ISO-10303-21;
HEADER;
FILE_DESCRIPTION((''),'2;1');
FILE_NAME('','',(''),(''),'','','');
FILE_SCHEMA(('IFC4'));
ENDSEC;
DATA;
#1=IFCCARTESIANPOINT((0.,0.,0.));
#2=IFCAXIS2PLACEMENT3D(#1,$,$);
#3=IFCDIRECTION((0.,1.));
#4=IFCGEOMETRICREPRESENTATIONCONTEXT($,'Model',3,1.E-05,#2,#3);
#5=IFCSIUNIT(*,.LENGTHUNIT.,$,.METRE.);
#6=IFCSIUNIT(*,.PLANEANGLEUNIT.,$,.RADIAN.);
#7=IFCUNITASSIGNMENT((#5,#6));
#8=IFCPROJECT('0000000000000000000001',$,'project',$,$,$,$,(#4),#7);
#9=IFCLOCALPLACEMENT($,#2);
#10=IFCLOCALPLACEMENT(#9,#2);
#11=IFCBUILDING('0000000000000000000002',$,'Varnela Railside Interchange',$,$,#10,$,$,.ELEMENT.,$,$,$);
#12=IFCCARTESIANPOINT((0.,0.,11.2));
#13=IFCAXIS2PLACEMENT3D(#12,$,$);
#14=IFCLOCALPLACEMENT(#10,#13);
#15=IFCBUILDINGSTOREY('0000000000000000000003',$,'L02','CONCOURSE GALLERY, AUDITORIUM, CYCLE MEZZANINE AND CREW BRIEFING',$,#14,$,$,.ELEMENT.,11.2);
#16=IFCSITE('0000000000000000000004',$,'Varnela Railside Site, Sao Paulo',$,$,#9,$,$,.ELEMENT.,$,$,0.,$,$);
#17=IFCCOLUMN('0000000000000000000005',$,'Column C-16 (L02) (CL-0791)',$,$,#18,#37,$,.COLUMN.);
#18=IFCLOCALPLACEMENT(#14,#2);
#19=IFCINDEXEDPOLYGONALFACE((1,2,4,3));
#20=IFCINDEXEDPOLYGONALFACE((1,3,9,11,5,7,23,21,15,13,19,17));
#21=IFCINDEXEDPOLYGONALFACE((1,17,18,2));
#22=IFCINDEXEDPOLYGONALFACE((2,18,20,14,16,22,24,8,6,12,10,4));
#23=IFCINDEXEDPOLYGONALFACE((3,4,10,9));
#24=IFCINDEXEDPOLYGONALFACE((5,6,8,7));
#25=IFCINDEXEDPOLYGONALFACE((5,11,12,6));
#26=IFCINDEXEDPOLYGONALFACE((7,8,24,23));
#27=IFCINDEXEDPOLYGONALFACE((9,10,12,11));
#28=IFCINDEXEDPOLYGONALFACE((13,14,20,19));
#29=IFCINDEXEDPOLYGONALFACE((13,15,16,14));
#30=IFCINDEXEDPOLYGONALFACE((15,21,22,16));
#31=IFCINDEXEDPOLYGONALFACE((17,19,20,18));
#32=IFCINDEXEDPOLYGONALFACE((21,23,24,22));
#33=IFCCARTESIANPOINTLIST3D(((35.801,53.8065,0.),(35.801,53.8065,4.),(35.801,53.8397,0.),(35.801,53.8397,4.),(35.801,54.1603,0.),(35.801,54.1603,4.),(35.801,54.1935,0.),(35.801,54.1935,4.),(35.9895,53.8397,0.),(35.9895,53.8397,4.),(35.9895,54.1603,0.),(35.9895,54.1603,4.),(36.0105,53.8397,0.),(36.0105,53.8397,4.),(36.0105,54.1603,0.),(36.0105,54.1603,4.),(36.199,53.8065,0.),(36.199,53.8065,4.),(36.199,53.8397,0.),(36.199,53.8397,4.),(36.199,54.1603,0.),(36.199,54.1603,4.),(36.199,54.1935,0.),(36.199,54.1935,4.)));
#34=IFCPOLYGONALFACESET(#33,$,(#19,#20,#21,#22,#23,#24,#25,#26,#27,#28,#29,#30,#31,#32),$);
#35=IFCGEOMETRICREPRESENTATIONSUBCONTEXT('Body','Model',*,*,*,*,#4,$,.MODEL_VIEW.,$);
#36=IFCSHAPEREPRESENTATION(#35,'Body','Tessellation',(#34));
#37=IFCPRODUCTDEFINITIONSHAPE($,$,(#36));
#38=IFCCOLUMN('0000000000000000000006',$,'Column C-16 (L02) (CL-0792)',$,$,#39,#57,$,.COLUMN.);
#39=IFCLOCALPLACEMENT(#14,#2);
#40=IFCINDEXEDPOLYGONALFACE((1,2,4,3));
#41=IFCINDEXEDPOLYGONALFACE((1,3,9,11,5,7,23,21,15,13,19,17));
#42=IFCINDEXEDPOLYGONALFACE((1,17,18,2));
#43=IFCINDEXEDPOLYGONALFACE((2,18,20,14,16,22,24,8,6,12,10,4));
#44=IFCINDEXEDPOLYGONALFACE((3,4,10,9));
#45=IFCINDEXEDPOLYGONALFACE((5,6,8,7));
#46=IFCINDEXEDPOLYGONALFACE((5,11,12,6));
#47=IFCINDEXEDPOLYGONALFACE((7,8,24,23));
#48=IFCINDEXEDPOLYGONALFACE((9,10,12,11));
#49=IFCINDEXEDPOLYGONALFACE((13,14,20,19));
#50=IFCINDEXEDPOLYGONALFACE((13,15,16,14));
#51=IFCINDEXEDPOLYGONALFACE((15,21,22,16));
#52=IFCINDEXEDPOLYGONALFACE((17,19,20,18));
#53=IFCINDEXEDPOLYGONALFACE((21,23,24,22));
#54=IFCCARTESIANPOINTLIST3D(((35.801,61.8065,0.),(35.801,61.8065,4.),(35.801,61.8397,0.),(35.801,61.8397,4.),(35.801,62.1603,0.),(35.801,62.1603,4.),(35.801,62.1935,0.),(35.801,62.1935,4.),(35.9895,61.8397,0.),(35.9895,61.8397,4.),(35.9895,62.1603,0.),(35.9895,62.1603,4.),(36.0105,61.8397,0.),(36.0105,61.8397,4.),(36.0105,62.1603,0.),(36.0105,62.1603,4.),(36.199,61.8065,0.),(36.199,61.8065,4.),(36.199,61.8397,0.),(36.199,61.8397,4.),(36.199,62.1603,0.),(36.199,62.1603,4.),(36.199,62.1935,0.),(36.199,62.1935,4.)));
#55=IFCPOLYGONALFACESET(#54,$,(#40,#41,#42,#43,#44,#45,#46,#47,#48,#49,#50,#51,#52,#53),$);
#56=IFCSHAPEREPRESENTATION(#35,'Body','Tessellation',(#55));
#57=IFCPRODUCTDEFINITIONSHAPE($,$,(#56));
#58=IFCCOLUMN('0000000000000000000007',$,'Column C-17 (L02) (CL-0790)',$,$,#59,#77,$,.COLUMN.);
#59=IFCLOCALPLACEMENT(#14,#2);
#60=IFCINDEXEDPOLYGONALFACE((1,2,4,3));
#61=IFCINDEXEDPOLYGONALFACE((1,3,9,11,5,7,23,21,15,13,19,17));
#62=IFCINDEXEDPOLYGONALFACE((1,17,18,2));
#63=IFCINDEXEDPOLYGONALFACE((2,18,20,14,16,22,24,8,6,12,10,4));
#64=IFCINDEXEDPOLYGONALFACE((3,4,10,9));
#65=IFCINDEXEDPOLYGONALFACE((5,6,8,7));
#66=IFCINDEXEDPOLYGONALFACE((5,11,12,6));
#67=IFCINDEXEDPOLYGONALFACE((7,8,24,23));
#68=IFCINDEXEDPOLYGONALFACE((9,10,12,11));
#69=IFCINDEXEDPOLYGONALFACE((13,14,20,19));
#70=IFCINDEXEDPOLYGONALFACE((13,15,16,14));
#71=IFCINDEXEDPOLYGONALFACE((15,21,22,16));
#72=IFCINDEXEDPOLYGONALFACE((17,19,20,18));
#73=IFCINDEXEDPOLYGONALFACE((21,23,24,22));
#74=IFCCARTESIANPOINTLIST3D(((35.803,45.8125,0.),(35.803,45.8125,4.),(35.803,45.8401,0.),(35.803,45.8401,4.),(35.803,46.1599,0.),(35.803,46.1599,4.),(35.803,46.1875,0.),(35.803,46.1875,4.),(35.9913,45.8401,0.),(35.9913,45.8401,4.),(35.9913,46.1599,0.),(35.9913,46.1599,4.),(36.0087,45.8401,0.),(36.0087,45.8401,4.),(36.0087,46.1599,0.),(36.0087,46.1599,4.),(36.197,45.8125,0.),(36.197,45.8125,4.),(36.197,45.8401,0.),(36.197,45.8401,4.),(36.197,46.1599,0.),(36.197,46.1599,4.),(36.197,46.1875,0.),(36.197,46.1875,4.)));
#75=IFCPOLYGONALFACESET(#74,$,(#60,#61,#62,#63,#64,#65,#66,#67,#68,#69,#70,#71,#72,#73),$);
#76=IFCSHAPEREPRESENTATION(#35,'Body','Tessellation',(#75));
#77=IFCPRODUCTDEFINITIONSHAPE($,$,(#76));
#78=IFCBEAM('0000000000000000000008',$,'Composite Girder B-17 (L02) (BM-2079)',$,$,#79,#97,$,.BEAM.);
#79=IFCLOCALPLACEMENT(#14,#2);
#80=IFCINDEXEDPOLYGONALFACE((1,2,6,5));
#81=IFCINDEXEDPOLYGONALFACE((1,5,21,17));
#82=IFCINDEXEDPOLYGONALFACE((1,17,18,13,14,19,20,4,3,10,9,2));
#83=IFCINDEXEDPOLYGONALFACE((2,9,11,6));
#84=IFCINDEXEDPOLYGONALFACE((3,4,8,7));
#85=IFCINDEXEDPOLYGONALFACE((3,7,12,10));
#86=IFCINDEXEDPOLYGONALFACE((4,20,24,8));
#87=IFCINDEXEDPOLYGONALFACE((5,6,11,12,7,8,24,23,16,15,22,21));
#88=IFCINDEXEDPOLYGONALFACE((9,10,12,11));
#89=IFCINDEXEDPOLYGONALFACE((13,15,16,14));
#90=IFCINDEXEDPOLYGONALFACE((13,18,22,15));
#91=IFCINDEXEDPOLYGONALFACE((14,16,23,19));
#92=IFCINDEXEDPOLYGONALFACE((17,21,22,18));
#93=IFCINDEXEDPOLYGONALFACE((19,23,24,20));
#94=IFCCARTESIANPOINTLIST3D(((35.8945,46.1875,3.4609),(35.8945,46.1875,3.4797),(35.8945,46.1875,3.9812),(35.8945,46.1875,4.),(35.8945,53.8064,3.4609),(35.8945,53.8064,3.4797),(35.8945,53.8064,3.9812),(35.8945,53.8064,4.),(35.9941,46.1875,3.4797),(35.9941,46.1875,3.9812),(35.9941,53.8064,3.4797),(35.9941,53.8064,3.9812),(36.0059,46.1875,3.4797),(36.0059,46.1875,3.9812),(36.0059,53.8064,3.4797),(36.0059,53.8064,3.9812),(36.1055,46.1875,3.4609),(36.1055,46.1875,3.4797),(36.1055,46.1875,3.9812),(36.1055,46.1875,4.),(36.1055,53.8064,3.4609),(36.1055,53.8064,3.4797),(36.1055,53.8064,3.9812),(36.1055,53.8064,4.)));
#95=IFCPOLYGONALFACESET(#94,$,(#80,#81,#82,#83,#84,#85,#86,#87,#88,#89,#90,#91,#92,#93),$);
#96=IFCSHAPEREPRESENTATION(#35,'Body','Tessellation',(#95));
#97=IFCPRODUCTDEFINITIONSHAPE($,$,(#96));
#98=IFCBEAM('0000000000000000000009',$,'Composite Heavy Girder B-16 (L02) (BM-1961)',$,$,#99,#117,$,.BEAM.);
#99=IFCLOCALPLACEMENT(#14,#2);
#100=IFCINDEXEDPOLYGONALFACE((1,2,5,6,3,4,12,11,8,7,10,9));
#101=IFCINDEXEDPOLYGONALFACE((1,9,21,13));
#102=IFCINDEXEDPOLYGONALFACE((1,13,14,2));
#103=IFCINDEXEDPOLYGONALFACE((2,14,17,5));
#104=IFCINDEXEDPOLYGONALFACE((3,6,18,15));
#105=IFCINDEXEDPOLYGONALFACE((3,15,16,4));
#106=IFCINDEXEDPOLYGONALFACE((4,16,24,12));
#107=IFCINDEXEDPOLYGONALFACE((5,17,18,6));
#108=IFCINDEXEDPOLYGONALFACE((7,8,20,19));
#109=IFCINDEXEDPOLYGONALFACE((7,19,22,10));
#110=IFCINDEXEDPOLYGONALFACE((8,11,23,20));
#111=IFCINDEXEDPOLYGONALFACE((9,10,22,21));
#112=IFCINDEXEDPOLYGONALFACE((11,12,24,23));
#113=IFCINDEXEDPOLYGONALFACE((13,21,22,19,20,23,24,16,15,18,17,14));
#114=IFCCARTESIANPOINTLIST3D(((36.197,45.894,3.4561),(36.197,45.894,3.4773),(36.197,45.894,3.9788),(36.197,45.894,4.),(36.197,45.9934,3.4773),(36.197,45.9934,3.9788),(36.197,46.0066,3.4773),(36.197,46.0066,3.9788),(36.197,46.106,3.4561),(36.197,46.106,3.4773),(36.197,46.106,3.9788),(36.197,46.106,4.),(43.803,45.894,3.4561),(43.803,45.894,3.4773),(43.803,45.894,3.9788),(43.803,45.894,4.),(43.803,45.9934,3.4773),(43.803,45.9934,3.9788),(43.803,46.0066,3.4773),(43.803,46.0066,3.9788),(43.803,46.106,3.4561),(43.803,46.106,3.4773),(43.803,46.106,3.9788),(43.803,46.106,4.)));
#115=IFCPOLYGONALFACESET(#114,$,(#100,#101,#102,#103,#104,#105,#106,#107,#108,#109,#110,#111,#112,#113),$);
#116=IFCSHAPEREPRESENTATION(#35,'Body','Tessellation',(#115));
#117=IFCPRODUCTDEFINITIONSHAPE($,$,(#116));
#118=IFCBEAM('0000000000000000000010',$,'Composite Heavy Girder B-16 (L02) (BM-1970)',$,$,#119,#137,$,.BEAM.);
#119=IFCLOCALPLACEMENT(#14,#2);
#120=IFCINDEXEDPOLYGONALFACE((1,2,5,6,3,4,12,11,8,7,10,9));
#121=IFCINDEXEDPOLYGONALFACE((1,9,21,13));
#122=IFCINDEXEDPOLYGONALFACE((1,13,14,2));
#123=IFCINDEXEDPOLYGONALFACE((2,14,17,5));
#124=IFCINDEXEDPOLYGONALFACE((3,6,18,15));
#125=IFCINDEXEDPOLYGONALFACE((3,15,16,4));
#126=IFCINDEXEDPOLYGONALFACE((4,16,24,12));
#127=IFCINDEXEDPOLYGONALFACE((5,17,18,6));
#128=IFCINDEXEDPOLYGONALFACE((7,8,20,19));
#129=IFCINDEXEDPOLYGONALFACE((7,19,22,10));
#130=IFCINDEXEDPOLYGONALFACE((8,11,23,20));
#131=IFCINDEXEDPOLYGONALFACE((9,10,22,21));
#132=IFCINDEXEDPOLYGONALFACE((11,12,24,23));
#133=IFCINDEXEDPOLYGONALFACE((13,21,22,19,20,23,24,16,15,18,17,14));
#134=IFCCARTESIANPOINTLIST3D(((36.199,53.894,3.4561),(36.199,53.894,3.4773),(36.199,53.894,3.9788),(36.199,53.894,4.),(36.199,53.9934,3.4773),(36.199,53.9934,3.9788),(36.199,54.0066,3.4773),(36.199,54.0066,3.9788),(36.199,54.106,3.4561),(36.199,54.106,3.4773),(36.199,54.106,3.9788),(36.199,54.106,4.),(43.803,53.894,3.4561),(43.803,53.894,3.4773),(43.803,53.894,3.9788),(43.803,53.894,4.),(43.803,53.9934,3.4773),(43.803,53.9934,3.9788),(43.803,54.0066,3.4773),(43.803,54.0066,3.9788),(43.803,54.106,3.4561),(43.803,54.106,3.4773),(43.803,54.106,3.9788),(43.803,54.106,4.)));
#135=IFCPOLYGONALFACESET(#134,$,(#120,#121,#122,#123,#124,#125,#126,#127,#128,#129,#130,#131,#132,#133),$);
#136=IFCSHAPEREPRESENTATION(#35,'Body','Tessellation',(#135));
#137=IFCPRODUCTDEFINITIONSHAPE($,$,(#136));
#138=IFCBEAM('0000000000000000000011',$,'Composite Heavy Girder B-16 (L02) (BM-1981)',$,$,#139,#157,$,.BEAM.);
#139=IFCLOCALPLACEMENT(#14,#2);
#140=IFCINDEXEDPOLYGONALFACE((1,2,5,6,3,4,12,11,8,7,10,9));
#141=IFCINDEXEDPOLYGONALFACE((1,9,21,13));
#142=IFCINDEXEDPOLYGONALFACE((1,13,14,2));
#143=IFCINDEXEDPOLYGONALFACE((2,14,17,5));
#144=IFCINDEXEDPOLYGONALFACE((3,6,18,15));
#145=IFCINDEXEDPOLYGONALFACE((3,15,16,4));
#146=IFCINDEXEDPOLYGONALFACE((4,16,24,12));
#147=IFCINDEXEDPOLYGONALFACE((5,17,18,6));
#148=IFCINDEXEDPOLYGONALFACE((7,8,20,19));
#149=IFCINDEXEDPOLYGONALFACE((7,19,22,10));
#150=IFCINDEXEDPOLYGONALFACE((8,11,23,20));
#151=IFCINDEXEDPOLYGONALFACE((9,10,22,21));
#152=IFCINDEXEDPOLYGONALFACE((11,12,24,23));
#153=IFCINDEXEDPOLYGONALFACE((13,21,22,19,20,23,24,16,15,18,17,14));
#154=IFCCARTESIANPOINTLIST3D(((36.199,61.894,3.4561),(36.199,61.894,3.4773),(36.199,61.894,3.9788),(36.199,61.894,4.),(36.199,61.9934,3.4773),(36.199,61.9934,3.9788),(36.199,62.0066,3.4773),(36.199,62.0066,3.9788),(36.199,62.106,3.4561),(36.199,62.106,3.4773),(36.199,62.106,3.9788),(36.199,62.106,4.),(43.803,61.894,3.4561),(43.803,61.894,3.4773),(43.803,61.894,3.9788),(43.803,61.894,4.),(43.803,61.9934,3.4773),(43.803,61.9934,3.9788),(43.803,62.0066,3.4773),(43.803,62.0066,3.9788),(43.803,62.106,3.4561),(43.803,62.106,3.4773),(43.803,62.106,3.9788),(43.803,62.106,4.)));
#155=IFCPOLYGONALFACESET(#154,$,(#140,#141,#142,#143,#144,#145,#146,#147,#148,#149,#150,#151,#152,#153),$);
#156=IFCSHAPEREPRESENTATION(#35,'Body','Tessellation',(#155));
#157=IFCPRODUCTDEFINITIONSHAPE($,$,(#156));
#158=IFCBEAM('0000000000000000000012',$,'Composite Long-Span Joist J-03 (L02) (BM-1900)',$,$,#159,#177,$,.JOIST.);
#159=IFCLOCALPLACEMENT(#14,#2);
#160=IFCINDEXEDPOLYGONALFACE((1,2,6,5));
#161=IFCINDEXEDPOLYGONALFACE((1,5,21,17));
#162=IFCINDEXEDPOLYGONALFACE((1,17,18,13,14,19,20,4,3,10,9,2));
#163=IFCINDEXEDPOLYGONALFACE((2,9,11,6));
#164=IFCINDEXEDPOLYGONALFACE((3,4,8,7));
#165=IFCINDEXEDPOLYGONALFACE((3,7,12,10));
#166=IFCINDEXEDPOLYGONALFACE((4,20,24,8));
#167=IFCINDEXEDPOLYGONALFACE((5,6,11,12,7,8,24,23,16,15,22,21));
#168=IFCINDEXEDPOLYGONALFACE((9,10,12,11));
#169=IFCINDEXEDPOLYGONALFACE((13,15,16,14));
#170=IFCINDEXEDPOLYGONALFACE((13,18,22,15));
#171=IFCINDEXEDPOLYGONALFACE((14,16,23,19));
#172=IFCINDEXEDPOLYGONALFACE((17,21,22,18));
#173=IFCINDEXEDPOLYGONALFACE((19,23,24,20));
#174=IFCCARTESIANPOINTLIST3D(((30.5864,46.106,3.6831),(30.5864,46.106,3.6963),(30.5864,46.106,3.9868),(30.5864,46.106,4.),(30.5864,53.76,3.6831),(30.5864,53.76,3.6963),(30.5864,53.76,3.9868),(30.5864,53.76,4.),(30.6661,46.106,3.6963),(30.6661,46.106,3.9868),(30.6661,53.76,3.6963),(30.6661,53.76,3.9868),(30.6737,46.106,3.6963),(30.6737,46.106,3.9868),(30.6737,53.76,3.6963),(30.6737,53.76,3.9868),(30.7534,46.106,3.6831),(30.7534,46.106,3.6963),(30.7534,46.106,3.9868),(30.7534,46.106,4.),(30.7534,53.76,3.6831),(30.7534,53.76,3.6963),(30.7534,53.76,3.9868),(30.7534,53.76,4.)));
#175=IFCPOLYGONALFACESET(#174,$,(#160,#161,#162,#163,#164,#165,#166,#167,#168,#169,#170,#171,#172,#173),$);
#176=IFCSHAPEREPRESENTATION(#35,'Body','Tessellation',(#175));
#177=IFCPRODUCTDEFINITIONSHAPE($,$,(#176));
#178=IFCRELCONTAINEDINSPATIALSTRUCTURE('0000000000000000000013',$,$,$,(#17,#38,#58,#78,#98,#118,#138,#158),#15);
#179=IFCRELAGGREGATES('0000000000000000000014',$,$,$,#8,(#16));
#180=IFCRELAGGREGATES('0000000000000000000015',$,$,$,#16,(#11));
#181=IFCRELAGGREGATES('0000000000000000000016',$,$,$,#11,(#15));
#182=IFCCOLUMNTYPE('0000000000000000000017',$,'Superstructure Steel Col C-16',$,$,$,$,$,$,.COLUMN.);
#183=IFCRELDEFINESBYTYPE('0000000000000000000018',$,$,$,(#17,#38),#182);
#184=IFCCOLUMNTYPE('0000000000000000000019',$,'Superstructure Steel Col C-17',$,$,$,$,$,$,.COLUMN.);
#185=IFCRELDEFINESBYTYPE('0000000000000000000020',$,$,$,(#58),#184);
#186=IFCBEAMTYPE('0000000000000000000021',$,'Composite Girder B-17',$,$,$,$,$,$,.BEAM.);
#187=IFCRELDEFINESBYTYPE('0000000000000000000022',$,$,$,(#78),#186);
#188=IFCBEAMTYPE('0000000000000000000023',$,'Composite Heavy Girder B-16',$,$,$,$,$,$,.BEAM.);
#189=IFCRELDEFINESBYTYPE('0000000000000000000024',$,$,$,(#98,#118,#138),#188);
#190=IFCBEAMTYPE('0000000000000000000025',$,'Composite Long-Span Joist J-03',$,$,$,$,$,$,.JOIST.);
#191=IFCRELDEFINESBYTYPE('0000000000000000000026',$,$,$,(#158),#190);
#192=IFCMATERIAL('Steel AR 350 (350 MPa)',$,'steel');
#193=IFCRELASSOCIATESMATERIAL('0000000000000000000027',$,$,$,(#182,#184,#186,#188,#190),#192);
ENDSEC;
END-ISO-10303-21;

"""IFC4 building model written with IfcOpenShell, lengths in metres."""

from ifc_helpers import new_model, si_unit, direction, frame, origin, origin_2d, place, context, subcontext, project, spatial, i_section, extrude, material, material_profile, profile_set, type_object, element, save


model = new_model("IFC4")

# Units and contexts
model_context = context("Model", 3, precision=1e-05, world=origin(), true_north=direction((0.0, 1.0)))
body_context = subcontext(model_context, "Body", "Model", "MODEL_VIEW")
ifc_project = project(units=[si_unit("LENGTHUNIT", "METRE"), si_unit("PLANEANGLEUNIT", "RADIAN")], contexts=[model_context])

# Site, building, storey
site_placement = place(None, origin())
site = spatial("IfcSite", under=ifc_project, at=site_placement, Name="Varnela Railside Site, Sao Paulo", CompositionType="ELEMENT", RefElevation=0.0)
building_placement = place(site_placement, origin())
building = spatial("IfcBuilding", under=site, at=building_placement, Name="Varnela Railside Interchange", CompositionType="ELEMENT")
storey_placement = place(building_placement, frame((0.0, 0.0, 11.2)))
storey = spatial("IfcBuildingStorey", under=building, at=storey_placement, Name="L02", Description="CONCOURSE GALLERY, AUDITORIUM, CYCLE MEZZANINE AND CREW BRIEFING", CompositionType="ELEMENT", Elevation=11.2)

# Columns
ifc_material_1 = material(Name="Steel AR 350 (350 MPa)", Category="steel")
ifc_material_profile_1 = material_profile(ifc_material_1, i_section(OverallWidth=0.3979, OverallDepth=0.387, WebThickness=0.021, FlangeThickness=0.0332, at=origin_2d()), Name="W360x262")
ifc_profile_set_1 = profile_set([ifc_material_profile_1], Name="Steel AR 350 (350 MPa)")
column_type_1 = type_object("IfcColumnType", Name="Superstructure Steel Col C-16", PredefinedType="COLUMN", material=ifc_profile_set_1)
for number, where, z_axis, x_axis, name in (
    (1, (36.0, 54.0, 0.0), (0.0, 0.0, 1.0), (1.0, 0.0, 0.0), "Column C-16 (L02) (CL-0791)"),
    (2, (36.0, 62.0, 0.0), (0.0, 0.0, 1.0), (1.0, 0.0, 0.0), "Column C-16 (L02) (CL-0792)"),
):
    element("IfcColumn", number, at=place(storey_placement, frame(where, z_axis=z_axis, x_axis=x_axis)), inside=storey, type_object=column_type_1, Name=name, PredefinedType="COLUMN", context=body_context, shape_type="SweptSolid", body=[
        extrude(i_section(OverallWidth=0.3979, OverallDepth=0.387, WebThickness=0.021, FlangeThickness=0.0332, at=origin_2d()), origin(), (0.0, 0.0, 1.0), 4.0),
    ])
ifc_material_profile_2 = material_profile(ifc_material_1, i_section(OverallWidth=0.394, OverallDepth=0.375, WebThickness=0.0173, FlangeThickness=0.0276, at=origin_2d()), Name="W360x216")
ifc_profile_set_2 = profile_set([ifc_material_profile_2], Name="Steel AR 350 (350 MPa)")
column_type_2 = type_object("IfcColumnType", Name="Superstructure Steel Col C-17", PredefinedType="COLUMN", material=ifc_profile_set_2)
column_placement = place(storey_placement, frame((36.0, 46.0, 0.0), z_axis=(0.0, 0.0, 1.0), x_axis=(1.0, 0.0, 0.0)))
element("IfcColumn", 3, at=column_placement, inside=storey, type_object=column_type_2, Name="Column C-17 (L02) (CL-0790)", PredefinedType="COLUMN", context=body_context, shape_type="SweptSolid", body=[
    extrude(i_section(OverallWidth=0.394, OverallDepth=0.375, WebThickness=0.0173, FlangeThickness=0.0276, at=origin_2d()), origin(), (0.0, 0.0, 1.0), 4.0),
])

# Beams
ifc_material_profile_3 = material_profile(ifc_material_1, i_section(OverallWidth=0.2109, OverallDepth=0.5391, WebThickness=0.0117, FlangeThickness=0.0188, at=origin_2d()), Name="W530x109")
ifc_profile_set_3 = profile_set([ifc_material_profile_3], Name="Steel AR 350 (350 MPa)")
beam_type_1 = type_object("IfcBeamType", Name="Composite Girder B-17", PredefinedType="BEAM", material=ifc_profile_set_3)
beam_1_placement = place(storey_placement, frame((36.0, 46.1875, 3.7305), z_axis=(0.0, 1.0, 0.0), x_axis=(-1.0, 0.0, 0.0)))
element("IfcBeam", 4, at=beam_1_placement, inside=storey, type_object=beam_type_1, Name="Composite Girder B-17 (L02) (BM-2079)", PredefinedType="BEAM", context=body_context, shape_type="SweptSolid", body=[
    extrude(i_section(OverallWidth=0.2109, OverallDepth=0.5391, WebThickness=0.0117, FlangeThickness=0.0188, at=origin_2d()), origin(), (0.0, 0.0, 1.0), 7.6189),
])
ifc_material_profile_4 = material_profile(ifc_material_1, i_section(OverallWidth=0.2119, OverallDepth=0.5439, WebThickness=0.0132, FlangeThickness=0.0212, at=origin_2d()), Name="W530x123")
ifc_profile_set_4 = profile_set([ifc_material_profile_4], Name="Steel AR 350 (350 MPa)")
beam_type_2 = type_object("IfcBeamType", Name="Composite Heavy Girder B-16", PredefinedType="BEAM", material=ifc_profile_set_4)
beam_2_placement = place(storey_placement, frame((36.197, 46.0, 3.728), z_axis=(1.0, 0.0, 0.0), x_axis=(0.0, 1.0, 0.0)))
element("IfcBeam", 5, at=beam_2_placement, inside=storey, type_object=beam_type_2, Name="Composite Heavy Girder B-16 (L02) (BM-1961)", PredefinedType="BEAM", context=body_context, shape_type="SweptSolid", body=[
    extrude(i_section(OverallWidth=0.2119, OverallDepth=0.5439, WebThickness=0.0132, FlangeThickness=0.0212, at=origin_2d()), origin(), (0.0, 0.0, 1.0), 7.606),
])
for number, where, z_axis, x_axis, name in (
    (6, (36.199, 54.0, 3.728), (1.0, 0.0, 0.0), (0.0, 1.0, 0.0), "Composite Heavy Girder B-16 (L02) (BM-1970)"),
    (7, (36.199, 62.0, 3.728), (1.0, 0.0, 0.0), (0.0, 1.0, 0.0), "Composite Heavy Girder B-16 (L02) (BM-1981)"),
):
    element("IfcBeam", number, at=place(storey_placement, frame(where, z_axis=z_axis, x_axis=x_axis)), inside=storey, type_object=beam_type_2, Name=name, PredefinedType="BEAM", context=body_context, shape_type="SweptSolid", body=[
        extrude(i_section(OverallWidth=0.2119, OverallDepth=0.5439, WebThickness=0.0132, FlangeThickness=0.0212, at=origin_2d()), origin(), (0.0, 0.0, 1.0), 7.604),
    ])
ifc_material_profile_5 = material_profile(ifc_material_1, i_section(OverallWidth=0.167, OverallDepth=0.3169, WebThickness=0.0076, FlangeThickness=0.0132, at=origin_2d()), Name="W310x52")
ifc_profile_set_5 = profile_set([ifc_material_profile_5], Name="Steel AR 350 (350 MPa)")
beam_type_3 = type_object("IfcBeamType", Name="Composite Long-Span Joist J-03", PredefinedType="JOIST", material=ifc_profile_set_5)
for number, where, z_axis, x_axis, name in (
    (8, (30.6699, 46.106, 3.8416), (0.0, 1.0, 0.0), (-1.0, 0.0, 0.0), "Composite Long-Span Joist J-03 (L02) (BM-1900)"),
):
    element("IfcBeam", number, at=place(storey_placement, frame(where, z_axis=z_axis, x_axis=x_axis)), inside=storey, type_object=beam_type_3, Name=name, PredefinedType="JOIST", context=body_context, shape_type="SweptSolid", body=[
        extrude(i_section(OverallWidth=0.167, OverallDepth=0.3169, WebThickness=0.0076, FlangeThickness=0.0132, at=origin_2d()), origin(), (0.0, 0.0, 1.0), 7.6541),
    ])

save(model, "model.ifc")
